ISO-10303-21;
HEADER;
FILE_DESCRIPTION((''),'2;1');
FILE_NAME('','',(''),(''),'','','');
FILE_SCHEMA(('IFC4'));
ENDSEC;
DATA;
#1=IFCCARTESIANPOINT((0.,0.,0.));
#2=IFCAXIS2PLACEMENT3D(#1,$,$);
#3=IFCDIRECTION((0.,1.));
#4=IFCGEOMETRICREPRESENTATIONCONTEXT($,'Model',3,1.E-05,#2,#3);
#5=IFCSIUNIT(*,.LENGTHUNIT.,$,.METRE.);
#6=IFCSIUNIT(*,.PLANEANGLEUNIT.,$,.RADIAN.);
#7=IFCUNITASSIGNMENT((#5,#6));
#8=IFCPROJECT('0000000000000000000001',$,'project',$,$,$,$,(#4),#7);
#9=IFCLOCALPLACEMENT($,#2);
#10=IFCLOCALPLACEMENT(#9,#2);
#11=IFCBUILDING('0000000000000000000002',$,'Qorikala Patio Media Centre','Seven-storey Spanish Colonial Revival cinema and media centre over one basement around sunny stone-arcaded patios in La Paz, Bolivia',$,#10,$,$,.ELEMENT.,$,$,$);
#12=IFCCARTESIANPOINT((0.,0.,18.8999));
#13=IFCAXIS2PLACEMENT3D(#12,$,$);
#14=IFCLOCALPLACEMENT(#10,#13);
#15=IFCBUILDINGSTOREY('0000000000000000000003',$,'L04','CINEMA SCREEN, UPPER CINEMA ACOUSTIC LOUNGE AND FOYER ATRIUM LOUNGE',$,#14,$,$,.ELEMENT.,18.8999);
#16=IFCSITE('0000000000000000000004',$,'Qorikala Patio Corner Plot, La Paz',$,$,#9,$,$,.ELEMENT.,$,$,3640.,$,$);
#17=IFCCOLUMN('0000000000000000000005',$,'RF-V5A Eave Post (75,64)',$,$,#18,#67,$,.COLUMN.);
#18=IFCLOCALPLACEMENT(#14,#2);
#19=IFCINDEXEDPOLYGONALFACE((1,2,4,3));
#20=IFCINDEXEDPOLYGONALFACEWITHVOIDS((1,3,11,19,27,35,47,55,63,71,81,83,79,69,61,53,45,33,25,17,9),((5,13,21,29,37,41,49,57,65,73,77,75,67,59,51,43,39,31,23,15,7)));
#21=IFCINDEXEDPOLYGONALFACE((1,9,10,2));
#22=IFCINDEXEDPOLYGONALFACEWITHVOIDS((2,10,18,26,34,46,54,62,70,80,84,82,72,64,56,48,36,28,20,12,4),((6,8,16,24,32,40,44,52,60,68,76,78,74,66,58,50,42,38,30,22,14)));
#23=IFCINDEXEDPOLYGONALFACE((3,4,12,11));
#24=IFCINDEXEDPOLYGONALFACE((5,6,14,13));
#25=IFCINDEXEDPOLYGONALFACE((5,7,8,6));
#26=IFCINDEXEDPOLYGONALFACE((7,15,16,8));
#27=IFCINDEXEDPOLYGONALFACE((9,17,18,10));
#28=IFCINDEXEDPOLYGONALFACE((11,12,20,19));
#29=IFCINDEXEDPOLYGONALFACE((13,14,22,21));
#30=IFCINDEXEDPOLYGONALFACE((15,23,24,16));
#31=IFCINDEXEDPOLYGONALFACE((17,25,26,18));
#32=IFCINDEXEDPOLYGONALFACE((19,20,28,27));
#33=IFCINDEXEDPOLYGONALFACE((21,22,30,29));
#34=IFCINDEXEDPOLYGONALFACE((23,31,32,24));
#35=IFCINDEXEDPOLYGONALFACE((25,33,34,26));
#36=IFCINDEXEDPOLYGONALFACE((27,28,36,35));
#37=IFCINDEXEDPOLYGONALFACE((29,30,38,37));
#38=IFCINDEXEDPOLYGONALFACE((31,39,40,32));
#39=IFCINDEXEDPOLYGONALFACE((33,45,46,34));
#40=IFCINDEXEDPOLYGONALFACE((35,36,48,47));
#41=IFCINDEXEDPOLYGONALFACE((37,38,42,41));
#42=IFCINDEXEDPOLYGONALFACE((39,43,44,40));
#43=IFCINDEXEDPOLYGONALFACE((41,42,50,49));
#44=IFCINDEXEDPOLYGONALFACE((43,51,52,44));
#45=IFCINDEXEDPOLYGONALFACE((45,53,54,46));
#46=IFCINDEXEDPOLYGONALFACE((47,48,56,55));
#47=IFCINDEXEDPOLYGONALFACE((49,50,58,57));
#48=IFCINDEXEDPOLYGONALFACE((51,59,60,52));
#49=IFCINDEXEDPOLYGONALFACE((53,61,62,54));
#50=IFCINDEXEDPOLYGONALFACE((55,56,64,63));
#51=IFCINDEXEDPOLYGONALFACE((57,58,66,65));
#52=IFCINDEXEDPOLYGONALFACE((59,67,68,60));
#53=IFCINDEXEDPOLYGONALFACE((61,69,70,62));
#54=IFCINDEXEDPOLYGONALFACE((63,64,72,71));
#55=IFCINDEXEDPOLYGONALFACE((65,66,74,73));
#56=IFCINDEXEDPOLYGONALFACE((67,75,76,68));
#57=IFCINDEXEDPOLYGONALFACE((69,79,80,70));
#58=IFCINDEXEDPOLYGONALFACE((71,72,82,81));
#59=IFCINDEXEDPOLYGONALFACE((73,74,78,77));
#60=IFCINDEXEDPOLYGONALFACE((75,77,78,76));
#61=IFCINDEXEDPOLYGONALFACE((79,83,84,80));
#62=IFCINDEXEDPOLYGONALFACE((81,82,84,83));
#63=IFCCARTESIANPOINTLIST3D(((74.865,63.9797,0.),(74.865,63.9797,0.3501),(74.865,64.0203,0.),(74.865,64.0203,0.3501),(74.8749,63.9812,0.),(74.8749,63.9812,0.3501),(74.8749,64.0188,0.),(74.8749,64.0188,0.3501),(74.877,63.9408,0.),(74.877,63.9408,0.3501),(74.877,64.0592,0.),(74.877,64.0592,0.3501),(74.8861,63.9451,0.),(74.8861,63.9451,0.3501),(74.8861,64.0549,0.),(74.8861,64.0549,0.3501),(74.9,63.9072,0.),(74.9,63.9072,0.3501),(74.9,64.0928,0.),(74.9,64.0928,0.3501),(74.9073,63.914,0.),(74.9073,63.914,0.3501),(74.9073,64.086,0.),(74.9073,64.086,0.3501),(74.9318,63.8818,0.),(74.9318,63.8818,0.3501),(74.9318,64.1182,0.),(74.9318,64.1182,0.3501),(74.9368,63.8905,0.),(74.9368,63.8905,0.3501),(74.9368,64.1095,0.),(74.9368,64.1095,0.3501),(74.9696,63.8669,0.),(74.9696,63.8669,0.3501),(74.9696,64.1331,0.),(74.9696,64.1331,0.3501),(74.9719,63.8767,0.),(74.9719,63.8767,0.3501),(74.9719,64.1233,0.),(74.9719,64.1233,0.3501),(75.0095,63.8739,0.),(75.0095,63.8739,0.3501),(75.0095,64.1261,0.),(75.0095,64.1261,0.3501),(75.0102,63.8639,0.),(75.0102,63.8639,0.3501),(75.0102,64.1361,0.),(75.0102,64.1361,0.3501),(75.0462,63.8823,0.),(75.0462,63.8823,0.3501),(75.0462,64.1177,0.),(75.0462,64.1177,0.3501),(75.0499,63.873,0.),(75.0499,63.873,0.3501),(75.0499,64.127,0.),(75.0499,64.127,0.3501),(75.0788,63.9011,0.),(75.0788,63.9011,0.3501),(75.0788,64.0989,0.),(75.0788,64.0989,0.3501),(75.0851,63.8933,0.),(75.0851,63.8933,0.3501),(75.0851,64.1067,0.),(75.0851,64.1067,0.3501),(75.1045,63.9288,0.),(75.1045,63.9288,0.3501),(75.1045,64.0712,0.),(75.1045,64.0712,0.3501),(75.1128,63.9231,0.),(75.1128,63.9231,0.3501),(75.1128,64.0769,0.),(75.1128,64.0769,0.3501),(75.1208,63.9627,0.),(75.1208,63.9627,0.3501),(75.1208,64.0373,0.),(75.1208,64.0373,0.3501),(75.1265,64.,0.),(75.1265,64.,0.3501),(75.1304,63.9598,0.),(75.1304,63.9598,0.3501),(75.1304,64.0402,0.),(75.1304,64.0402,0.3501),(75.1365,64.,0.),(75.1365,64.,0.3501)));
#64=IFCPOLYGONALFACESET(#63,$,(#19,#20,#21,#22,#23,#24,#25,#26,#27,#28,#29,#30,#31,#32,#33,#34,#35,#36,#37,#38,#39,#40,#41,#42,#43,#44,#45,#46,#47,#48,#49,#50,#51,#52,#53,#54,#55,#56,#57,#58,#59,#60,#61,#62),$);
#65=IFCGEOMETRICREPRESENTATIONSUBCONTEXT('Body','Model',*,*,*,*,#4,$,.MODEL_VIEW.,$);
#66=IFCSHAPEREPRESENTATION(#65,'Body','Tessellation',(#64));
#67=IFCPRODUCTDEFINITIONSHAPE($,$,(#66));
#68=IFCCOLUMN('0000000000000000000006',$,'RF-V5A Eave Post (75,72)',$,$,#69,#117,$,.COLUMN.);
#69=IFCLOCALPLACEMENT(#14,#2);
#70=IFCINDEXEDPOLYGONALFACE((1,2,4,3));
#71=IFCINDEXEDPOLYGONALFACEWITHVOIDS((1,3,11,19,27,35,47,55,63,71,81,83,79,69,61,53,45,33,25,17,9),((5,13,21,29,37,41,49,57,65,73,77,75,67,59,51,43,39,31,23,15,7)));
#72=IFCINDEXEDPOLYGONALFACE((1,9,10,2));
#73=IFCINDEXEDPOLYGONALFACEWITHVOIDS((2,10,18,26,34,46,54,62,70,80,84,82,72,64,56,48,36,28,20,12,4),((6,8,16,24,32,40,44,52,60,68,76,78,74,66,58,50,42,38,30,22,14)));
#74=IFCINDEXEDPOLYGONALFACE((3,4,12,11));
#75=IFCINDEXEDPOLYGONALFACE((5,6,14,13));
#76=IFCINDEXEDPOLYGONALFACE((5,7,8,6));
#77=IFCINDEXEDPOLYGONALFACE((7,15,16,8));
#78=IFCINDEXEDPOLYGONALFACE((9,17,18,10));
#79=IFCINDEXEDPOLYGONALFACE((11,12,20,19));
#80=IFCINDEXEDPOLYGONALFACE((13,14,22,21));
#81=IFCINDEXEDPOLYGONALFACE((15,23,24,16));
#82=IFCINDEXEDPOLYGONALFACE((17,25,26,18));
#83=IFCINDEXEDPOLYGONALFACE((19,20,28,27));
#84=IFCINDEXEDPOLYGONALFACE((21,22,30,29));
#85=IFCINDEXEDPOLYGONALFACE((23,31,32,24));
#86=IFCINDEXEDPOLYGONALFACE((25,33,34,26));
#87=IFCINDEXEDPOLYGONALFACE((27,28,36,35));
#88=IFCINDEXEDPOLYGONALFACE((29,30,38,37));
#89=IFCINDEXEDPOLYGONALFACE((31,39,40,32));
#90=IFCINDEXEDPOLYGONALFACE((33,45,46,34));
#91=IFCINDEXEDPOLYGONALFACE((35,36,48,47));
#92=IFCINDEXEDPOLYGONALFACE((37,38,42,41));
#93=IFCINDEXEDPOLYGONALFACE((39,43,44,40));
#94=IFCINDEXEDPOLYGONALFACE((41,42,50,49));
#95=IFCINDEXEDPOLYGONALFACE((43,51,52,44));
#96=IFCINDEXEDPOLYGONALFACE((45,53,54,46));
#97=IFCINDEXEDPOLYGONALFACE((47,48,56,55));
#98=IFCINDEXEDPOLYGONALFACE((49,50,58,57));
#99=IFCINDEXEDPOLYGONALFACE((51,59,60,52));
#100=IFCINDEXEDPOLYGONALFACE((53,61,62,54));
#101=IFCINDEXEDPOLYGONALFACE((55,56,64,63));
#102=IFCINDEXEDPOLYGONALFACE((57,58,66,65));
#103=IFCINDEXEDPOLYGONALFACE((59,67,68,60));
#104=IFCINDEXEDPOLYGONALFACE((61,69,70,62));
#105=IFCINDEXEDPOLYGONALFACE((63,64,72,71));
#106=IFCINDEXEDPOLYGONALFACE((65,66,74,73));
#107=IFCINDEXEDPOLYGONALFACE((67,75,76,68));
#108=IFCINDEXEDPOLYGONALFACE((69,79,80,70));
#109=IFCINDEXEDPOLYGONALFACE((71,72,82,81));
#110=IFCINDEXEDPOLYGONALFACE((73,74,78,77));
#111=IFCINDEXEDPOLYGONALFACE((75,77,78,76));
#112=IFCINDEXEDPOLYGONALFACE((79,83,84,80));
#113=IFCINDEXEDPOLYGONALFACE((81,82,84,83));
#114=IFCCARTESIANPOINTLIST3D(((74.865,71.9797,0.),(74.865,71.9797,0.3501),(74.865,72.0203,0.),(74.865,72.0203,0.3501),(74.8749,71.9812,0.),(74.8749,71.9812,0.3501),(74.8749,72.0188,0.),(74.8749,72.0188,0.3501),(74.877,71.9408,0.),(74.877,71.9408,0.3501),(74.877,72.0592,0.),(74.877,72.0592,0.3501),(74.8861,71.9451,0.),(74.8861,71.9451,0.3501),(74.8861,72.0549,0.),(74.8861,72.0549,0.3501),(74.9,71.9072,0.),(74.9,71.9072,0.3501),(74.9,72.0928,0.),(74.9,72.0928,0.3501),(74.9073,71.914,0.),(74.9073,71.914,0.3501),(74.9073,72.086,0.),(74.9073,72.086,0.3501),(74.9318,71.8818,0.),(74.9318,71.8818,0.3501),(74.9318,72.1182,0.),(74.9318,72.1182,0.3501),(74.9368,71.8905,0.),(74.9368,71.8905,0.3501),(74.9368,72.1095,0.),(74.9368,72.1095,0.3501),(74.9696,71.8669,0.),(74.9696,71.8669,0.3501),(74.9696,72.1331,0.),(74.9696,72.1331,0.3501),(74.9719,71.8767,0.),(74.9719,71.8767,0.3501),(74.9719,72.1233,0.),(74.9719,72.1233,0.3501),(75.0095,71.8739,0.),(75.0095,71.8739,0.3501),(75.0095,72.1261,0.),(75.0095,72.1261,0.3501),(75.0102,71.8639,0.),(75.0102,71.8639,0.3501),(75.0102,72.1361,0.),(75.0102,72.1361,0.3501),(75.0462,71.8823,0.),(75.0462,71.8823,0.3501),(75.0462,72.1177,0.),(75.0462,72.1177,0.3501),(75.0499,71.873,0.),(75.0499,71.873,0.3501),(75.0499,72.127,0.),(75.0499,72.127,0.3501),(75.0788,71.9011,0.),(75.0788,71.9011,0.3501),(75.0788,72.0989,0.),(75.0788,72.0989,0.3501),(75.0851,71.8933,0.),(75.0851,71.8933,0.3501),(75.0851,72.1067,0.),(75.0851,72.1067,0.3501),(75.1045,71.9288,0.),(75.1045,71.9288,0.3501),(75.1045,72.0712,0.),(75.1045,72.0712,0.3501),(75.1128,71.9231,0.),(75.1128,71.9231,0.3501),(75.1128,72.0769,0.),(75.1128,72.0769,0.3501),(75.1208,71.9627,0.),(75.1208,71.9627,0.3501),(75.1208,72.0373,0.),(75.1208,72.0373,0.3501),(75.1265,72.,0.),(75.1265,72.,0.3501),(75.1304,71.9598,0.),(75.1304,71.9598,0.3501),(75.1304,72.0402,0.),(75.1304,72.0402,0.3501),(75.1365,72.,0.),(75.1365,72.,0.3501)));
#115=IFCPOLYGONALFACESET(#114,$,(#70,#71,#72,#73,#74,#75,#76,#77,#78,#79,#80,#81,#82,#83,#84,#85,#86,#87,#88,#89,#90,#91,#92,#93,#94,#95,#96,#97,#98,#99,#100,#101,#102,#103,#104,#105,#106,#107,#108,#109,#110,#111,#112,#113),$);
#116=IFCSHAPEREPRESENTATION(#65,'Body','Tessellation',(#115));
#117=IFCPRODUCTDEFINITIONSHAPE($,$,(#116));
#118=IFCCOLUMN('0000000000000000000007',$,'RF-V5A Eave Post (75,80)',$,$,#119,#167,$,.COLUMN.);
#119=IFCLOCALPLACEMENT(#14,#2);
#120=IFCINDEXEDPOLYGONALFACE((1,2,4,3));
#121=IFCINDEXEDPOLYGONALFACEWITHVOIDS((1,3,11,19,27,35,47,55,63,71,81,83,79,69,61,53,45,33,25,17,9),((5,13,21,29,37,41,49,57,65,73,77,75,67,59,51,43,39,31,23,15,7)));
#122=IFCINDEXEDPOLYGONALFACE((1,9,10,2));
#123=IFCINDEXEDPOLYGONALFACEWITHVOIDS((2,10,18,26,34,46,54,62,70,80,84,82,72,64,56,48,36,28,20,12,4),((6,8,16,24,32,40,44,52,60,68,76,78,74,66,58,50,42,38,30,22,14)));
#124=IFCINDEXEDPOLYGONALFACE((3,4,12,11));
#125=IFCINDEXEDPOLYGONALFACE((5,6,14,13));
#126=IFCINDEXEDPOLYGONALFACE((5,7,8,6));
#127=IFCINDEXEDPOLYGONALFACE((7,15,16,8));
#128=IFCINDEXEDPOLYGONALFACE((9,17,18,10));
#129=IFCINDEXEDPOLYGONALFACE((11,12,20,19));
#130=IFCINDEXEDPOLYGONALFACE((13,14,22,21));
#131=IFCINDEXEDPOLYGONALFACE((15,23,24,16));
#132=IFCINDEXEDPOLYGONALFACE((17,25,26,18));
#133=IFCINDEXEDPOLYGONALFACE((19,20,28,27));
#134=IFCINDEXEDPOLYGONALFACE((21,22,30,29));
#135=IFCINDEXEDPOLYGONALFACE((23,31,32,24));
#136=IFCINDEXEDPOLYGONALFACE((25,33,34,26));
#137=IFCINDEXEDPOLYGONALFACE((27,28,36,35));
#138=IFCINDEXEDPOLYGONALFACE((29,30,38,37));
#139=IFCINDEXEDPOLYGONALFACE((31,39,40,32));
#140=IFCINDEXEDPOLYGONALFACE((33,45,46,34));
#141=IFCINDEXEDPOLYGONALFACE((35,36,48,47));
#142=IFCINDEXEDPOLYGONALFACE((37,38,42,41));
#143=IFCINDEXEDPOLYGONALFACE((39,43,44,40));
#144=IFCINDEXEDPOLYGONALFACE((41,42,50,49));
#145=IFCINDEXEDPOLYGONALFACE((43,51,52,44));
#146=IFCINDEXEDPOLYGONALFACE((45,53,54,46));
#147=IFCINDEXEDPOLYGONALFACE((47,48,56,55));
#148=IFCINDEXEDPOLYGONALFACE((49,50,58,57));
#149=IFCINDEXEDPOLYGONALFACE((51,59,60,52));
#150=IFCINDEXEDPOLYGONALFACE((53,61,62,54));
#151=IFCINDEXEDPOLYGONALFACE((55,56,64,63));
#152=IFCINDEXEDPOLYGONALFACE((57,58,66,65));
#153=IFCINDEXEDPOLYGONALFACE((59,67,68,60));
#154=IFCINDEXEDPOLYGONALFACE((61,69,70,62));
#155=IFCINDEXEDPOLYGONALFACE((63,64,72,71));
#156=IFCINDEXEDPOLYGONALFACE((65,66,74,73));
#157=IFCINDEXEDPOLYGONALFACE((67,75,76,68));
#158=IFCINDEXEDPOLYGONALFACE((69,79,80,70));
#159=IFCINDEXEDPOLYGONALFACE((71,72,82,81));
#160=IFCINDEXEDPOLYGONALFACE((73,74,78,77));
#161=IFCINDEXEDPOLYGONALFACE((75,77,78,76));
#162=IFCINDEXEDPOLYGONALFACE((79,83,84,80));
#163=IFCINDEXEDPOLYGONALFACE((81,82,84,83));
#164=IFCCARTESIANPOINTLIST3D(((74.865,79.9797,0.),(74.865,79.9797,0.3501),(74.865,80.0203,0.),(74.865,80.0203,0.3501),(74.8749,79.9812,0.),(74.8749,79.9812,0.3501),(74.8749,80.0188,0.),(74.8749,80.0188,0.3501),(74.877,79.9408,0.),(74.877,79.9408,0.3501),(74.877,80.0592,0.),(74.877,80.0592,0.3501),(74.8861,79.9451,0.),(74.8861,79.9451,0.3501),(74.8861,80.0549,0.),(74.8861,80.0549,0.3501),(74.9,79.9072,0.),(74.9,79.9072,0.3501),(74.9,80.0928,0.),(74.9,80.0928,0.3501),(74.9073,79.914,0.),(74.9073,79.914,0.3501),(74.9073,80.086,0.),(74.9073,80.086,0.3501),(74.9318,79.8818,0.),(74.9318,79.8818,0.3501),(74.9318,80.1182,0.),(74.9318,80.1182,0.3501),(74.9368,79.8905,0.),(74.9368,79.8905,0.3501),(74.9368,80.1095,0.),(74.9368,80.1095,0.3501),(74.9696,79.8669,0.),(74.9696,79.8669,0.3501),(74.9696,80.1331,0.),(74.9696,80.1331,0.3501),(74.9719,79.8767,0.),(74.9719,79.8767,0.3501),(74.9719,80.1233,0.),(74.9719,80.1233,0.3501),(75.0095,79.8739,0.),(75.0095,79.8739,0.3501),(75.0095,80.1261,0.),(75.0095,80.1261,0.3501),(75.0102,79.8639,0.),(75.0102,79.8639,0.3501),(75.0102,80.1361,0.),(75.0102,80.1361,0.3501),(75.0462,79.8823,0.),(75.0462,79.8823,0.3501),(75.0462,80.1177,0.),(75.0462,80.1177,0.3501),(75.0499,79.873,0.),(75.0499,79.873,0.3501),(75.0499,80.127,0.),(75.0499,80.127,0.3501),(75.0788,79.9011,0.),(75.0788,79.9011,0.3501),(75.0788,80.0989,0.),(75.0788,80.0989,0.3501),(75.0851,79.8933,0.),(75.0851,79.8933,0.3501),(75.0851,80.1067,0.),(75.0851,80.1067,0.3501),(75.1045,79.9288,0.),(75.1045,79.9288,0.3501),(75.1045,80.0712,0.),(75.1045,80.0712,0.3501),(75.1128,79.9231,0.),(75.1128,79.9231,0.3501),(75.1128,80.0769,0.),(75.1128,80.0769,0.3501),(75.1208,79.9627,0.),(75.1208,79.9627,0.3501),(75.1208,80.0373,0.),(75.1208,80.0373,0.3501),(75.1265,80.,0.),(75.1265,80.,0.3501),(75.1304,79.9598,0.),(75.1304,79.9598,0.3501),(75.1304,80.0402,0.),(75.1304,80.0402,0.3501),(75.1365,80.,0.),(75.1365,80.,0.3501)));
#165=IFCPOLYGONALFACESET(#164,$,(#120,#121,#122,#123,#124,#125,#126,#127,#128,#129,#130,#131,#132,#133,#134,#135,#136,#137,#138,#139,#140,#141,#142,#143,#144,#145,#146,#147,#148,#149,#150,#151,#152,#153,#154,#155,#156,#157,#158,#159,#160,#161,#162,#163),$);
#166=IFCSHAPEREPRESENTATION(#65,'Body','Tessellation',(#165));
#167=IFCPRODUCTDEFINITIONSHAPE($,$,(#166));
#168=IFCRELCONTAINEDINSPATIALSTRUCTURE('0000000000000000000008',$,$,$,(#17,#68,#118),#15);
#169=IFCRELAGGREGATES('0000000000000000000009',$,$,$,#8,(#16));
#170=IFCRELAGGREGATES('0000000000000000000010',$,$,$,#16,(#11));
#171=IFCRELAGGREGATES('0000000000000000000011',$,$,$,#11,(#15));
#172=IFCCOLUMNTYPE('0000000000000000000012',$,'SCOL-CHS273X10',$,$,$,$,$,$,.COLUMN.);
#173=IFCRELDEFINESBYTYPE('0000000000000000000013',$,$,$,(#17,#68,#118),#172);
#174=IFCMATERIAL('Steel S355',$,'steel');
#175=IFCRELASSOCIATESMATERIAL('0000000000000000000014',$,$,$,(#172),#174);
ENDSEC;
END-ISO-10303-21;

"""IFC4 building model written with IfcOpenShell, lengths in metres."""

from ifc_helpers import new_model, si_unit, direction, frame, origin, origin_2d, place, context, subcontext, project, spatial, hollow_circle, extrude, material, material_profile, profile_set, type_object, element, save


model = new_model("IFC4")

# Units and contexts
model_context = context("Model", 3, precision=1e-05, world=origin(), true_north=direction((0.0, 1.0)))
body_context = subcontext(model_context, "Body", "Model", "MODEL_VIEW")
ifc_project = project(units=[si_unit("LENGTHUNIT", "METRE"), si_unit("PLANEANGLEUNIT", "RADIAN")], contexts=[model_context])

# Site, building, storey
site_placement = place(None, origin())
site = spatial("IfcSite", under=ifc_project, at=site_placement, Name="Qorikala Patio Corner Plot, La Paz", CompositionType="ELEMENT", RefElevation=3640.0)
building_placement = place(site_placement, origin())
building = spatial("IfcBuilding", under=site, at=building_placement, Name="Qorikala Patio Media Centre", Description="Seven-storey Spanish Colonial Revival cinema and media centre over one basement around sunny stone-arcaded patios in La Paz, Bolivia", CompositionType="ELEMENT")
storey_placement = place(building_placement, frame((0.0, 0.0, 18.8999)))
storey = spatial("IfcBuildingStorey", under=building, at=storey_placement, Name="L04", Description="CINEMA SCREEN, UPPER CINEMA ACOUSTIC LOUNGE AND FOYER ATRIUM LOUNGE", CompositionType="ELEMENT", Elevation=18.8999)

# Columns
ifc_material_1 = material(Name="Steel S355", Category="steel")
ifc_material_profile_1 = material_profile(ifc_material_1, hollow_circle(Radius=0.1365, WallThickness=0.01, at=origin_2d()), Name="CHS273X10")
ifc_profile_set_1 = profile_set([ifc_material_profile_1], Name="Steel S355")
column_type = type_object("IfcColumnType", Name="SCOL-CHS273X10", PredefinedType="COLUMN", material=ifc_profile_set_1)
for number, where, z_axis, x_axis, name in (
    (1, (75.0, 64.0, 0.0), (0.0, 0.0, 1.0), (1.0, 0.0, 0.0), "RF-V5A Eave Post (75,64)"),
    (2, (75.0, 72.0, 0.0), (0.0, 0.0, 1.0), (1.0, 0.0, 0.0), "RF-V5A Eave Post (75,72)"),
    (3, (75.0, 80.0, 0.0), (0.0, 0.0, 1.0), (1.0, 0.0, 0.0), "RF-V5A Eave Post (75,80)"),
):
    element("IfcColumn", number, at=place(storey_placement, frame(where, z_axis=z_axis, x_axis=x_axis)), inside=storey, type_object=column_type, Name=name, PredefinedType="COLUMN", context=body_context, shape_type="SweptSolid", body=[
        extrude(hollow_circle(Radius=0.1365, WallThickness=0.01, at=origin_2d()), origin(), (0.0, 0.0, 1.0), 0.3501),
    ])

save(model, "model.ifc")
